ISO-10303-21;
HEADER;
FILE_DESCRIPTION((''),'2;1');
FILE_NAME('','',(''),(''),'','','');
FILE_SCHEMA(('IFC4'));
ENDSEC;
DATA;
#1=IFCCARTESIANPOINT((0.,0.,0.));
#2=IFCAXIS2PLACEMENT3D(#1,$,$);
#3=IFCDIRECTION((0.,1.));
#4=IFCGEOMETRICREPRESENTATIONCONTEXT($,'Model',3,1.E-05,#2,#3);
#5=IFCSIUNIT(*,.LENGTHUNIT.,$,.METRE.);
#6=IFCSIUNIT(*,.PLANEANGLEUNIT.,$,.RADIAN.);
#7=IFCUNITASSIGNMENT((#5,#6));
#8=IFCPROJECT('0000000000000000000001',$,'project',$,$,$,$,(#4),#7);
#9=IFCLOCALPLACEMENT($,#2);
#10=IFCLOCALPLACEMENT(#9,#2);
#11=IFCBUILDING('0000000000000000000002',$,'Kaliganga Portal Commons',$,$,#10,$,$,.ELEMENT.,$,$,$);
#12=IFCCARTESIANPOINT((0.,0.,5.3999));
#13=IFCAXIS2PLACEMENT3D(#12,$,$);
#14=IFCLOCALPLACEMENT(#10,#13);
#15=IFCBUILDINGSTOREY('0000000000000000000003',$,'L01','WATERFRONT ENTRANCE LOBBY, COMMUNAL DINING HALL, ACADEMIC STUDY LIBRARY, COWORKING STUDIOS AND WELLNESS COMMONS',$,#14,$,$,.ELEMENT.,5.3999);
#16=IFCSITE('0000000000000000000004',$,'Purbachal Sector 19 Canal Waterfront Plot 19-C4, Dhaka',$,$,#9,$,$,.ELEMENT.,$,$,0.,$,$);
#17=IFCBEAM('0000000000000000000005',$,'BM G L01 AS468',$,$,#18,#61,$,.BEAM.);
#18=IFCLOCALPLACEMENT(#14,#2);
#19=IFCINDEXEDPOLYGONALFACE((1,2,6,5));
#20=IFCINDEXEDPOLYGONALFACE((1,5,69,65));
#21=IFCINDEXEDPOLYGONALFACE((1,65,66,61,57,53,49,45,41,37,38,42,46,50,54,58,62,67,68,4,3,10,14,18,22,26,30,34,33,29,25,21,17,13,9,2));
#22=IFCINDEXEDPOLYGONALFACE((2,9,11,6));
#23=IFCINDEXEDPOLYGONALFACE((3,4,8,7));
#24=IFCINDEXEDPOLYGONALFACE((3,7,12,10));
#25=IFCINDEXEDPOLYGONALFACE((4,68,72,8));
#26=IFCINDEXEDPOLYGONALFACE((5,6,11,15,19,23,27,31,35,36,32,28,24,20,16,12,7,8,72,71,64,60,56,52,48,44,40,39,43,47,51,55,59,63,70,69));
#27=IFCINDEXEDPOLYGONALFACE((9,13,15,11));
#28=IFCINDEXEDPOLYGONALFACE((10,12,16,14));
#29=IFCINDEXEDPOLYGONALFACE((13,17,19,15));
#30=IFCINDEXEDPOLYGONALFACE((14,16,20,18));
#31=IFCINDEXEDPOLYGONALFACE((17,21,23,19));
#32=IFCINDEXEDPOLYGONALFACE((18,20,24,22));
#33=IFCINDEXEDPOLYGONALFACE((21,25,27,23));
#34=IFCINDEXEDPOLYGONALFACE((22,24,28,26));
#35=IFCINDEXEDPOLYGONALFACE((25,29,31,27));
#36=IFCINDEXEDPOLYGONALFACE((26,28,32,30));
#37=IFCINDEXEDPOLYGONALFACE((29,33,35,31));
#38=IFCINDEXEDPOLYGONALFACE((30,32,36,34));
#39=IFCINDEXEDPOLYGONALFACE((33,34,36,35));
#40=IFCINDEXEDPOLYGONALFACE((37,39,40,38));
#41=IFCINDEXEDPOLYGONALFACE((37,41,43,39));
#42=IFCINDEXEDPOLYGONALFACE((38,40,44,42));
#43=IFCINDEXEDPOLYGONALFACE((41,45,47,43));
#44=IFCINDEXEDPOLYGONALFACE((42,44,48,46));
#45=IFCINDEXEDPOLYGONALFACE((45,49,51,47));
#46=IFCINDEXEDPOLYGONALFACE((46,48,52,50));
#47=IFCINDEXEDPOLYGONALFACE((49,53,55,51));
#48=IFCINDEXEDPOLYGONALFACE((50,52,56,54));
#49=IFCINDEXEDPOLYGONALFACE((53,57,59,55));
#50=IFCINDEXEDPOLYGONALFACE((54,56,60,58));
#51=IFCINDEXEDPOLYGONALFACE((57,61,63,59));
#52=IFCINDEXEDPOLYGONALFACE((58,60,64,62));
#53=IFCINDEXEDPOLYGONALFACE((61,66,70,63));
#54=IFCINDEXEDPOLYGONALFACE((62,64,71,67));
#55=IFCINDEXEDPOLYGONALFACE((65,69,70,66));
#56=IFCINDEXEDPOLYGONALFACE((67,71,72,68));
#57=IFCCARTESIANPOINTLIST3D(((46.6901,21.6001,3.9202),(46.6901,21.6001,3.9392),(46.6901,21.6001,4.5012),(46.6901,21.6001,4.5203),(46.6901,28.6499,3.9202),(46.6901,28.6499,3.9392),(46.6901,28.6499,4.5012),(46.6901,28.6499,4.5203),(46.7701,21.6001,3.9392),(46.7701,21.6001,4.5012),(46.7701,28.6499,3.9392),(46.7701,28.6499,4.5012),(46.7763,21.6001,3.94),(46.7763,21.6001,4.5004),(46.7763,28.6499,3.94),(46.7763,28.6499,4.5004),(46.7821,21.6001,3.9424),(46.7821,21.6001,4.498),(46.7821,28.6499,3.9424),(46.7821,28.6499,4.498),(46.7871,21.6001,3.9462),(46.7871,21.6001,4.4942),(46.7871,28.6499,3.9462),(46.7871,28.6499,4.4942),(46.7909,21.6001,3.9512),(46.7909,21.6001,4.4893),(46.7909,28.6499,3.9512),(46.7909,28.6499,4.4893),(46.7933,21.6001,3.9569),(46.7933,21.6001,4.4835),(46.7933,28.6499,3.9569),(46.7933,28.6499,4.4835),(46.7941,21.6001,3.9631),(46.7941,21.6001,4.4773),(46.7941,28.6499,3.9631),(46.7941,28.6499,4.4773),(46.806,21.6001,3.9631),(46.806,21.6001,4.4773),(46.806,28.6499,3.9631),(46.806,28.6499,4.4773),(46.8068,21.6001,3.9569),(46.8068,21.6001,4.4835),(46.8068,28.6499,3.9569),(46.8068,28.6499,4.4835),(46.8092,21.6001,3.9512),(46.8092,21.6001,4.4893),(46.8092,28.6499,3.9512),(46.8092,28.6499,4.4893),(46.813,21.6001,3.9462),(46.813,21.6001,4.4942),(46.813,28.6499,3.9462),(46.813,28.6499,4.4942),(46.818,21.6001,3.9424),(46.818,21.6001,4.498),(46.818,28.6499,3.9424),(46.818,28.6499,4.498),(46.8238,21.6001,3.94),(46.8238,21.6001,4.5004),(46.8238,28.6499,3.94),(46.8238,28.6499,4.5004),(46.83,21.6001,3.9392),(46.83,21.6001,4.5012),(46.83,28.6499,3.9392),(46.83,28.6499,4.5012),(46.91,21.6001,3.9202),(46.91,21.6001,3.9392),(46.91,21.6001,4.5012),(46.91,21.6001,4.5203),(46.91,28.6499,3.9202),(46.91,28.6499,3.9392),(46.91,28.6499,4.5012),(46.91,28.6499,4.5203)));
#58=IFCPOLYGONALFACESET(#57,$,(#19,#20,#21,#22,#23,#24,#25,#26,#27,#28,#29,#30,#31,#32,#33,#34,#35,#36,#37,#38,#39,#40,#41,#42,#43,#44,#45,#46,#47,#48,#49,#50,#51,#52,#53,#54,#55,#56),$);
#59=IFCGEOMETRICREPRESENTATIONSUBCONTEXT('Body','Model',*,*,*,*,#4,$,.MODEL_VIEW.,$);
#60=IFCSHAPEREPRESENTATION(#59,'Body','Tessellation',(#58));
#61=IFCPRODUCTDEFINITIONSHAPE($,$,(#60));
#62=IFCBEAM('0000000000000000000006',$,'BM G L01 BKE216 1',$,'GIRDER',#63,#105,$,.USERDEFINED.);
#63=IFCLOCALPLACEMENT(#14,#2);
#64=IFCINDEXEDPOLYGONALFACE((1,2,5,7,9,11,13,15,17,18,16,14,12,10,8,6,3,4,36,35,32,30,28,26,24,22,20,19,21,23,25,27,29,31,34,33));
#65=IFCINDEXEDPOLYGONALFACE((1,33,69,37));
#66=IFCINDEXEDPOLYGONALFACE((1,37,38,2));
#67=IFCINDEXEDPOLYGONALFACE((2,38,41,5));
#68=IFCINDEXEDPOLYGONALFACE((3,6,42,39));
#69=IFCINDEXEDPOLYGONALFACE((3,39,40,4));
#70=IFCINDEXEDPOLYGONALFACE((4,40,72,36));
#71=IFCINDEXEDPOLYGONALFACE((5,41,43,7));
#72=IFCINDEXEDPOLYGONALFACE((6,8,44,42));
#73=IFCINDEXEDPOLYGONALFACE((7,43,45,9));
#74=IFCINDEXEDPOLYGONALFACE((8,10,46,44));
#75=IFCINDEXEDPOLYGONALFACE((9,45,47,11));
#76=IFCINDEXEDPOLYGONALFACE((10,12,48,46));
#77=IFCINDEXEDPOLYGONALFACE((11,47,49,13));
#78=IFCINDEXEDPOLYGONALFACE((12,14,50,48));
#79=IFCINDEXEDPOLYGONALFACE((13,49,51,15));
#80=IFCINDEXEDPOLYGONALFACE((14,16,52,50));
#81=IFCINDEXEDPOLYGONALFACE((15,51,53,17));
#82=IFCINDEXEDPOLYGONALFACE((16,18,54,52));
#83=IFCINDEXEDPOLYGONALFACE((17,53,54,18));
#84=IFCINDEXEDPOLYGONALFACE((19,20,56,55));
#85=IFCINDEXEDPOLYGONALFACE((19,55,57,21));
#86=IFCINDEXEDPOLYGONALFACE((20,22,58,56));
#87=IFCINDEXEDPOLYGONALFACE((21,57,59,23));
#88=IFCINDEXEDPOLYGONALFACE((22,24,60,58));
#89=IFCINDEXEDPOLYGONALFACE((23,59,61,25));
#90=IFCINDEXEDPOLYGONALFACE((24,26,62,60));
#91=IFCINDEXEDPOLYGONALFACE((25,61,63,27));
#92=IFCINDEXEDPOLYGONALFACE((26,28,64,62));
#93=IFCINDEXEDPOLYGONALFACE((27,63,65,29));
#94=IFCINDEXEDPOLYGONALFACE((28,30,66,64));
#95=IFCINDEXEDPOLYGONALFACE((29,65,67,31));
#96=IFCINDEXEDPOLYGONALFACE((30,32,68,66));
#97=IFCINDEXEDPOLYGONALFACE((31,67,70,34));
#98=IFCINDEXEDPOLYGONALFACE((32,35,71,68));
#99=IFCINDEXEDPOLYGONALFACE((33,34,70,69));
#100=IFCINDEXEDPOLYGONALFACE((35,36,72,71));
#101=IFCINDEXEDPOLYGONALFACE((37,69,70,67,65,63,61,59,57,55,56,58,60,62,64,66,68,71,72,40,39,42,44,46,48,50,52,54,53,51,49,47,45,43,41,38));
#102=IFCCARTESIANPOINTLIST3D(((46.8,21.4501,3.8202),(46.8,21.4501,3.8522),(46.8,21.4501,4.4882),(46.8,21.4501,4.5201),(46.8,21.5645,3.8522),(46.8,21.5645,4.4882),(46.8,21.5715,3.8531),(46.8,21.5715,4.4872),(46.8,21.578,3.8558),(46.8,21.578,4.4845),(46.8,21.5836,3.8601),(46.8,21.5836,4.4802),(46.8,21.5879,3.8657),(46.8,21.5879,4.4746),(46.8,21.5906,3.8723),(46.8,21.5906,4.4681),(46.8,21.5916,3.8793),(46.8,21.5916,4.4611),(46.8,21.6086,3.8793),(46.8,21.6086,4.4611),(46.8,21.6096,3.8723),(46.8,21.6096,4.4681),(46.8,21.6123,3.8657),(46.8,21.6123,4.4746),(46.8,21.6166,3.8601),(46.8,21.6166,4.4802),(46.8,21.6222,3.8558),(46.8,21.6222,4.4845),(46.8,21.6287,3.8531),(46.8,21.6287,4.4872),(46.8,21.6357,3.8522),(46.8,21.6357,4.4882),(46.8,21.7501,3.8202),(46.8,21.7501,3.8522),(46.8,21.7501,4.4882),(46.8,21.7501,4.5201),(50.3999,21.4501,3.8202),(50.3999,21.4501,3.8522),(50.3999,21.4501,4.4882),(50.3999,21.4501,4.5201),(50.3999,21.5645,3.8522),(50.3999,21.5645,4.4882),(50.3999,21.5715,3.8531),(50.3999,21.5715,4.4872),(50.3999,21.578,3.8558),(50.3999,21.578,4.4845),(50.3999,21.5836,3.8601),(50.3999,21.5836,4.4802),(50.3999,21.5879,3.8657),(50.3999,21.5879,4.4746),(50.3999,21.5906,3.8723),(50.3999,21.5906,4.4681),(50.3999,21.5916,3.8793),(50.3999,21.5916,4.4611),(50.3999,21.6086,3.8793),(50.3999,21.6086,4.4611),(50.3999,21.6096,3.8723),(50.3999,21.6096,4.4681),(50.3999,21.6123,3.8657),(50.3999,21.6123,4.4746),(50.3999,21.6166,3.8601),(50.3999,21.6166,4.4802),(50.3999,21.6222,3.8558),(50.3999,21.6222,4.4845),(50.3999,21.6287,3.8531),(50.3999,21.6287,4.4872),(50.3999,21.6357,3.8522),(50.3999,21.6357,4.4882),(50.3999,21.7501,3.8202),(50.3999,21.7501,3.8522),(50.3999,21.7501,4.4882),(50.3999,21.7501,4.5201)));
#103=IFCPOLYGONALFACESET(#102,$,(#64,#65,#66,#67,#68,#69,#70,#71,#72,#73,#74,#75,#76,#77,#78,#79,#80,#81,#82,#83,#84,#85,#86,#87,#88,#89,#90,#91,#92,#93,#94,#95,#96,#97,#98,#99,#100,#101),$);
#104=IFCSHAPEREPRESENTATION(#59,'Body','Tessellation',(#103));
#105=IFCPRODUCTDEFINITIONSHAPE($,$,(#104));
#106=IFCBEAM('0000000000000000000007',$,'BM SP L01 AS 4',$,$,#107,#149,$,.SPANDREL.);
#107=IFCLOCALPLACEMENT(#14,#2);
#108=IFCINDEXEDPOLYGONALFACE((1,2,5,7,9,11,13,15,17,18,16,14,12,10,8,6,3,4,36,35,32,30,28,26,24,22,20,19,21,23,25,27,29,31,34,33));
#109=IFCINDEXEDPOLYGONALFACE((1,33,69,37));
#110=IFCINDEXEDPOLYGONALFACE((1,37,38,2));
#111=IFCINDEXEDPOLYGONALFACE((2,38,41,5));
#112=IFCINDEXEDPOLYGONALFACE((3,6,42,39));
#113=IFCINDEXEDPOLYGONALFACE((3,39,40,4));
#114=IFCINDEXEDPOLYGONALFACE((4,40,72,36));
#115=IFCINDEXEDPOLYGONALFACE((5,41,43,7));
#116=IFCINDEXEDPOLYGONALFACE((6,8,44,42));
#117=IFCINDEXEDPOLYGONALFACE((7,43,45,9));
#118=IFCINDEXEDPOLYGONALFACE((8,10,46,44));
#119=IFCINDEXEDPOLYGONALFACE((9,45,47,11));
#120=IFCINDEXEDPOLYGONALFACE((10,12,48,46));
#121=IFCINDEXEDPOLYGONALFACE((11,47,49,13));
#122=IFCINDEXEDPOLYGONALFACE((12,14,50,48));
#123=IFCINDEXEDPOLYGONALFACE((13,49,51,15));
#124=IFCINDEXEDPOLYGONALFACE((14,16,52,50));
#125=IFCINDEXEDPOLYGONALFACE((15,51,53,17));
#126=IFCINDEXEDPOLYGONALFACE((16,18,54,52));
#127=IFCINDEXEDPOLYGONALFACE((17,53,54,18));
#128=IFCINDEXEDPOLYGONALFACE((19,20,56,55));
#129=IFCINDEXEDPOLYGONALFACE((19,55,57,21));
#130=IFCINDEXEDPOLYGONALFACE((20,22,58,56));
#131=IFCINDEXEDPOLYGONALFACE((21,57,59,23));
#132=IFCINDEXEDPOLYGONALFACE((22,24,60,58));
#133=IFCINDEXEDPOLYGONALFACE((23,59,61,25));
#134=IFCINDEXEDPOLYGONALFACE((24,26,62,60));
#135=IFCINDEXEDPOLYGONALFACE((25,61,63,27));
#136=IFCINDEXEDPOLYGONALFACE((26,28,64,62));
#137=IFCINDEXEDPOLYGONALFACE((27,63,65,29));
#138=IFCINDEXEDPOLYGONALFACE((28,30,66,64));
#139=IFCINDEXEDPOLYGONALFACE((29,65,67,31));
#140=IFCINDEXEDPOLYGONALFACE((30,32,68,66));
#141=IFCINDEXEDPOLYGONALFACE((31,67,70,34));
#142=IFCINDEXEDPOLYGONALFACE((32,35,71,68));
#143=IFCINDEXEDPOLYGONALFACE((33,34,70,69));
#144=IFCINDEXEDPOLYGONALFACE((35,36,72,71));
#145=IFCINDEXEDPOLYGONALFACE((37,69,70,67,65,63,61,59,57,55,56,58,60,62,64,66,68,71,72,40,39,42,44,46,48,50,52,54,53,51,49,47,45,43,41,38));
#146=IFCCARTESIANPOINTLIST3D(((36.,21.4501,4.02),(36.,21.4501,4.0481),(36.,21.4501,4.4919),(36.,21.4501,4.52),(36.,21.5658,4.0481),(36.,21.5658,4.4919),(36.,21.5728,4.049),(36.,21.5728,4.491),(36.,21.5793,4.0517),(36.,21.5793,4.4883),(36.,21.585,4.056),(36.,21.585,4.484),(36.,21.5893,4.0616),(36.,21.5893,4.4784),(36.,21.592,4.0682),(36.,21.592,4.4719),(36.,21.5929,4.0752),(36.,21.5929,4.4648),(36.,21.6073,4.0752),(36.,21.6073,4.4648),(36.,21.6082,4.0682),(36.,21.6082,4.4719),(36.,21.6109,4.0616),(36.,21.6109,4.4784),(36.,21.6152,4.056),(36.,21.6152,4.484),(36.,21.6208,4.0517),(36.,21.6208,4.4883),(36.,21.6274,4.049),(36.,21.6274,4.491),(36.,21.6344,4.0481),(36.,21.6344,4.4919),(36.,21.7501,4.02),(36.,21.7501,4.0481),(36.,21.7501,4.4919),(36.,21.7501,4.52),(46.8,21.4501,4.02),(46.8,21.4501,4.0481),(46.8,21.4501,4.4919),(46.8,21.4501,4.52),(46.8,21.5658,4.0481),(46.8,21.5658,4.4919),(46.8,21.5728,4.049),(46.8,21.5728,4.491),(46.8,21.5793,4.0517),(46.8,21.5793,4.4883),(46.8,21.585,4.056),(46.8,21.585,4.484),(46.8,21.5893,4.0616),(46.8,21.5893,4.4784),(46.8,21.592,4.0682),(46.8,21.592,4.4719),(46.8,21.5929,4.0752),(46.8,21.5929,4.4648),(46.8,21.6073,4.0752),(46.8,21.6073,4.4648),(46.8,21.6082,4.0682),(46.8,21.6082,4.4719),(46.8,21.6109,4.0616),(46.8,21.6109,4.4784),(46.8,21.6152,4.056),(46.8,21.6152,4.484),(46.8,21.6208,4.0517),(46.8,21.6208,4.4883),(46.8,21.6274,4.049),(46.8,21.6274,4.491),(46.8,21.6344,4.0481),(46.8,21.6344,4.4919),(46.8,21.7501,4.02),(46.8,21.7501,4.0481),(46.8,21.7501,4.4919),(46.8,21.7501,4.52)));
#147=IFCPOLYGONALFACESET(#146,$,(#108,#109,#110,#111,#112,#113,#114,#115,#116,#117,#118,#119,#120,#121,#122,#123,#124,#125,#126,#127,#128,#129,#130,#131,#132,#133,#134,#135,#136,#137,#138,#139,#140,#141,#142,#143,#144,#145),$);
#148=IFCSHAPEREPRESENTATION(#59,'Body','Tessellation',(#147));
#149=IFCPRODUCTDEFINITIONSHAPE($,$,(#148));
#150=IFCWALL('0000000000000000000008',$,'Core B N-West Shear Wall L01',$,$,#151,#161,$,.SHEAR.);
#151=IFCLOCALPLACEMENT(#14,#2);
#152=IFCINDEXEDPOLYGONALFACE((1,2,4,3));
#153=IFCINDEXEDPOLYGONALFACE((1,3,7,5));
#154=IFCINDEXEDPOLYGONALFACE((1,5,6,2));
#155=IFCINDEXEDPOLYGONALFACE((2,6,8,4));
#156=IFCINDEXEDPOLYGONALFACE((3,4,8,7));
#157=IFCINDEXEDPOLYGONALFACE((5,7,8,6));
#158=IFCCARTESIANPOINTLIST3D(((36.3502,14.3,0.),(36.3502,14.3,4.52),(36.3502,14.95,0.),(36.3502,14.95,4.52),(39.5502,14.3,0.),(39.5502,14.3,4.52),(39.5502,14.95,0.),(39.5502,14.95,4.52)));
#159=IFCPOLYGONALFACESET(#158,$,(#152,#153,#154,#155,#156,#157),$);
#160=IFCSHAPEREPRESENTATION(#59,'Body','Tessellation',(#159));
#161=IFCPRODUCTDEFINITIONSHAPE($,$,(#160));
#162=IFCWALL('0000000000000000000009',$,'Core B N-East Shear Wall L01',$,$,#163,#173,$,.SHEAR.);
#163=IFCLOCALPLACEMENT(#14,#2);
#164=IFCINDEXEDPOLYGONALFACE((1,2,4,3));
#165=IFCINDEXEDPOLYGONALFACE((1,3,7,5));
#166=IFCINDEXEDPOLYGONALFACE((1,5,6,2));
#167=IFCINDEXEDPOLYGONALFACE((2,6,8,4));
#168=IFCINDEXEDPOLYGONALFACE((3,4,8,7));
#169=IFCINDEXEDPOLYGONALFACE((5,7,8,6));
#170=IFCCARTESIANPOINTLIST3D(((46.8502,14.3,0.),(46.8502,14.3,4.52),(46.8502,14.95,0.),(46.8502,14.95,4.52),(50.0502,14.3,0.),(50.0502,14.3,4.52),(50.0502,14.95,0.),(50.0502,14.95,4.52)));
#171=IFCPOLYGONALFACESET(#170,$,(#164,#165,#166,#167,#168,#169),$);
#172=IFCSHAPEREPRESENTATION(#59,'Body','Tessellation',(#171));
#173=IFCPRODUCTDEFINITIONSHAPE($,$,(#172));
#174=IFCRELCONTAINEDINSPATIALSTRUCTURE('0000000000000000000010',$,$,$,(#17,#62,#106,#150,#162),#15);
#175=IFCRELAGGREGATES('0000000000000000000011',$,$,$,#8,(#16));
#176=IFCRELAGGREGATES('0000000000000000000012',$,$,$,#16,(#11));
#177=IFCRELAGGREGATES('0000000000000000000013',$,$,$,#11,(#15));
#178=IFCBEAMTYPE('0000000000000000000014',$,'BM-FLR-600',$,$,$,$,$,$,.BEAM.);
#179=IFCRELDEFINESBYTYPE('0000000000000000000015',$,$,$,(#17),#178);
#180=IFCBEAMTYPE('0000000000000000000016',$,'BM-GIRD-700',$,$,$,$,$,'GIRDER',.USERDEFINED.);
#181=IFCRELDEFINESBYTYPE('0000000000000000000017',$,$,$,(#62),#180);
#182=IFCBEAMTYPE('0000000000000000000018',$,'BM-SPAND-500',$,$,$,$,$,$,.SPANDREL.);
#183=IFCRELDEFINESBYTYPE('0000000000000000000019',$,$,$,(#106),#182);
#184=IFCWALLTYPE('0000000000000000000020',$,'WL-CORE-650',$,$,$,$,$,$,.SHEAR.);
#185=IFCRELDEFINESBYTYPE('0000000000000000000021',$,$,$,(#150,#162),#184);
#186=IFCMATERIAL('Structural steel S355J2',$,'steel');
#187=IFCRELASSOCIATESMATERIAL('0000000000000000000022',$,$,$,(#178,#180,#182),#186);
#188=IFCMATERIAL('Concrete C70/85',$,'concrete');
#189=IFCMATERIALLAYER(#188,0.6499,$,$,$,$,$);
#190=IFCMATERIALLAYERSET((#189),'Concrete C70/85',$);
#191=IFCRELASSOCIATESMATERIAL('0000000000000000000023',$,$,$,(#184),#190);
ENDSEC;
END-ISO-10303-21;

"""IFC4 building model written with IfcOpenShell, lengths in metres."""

from ifc_helpers import new_model, si_unit, direction, frame, frame_2d, origin, origin_2d, place, context, subcontext, project, spatial, rectangle, i_section, extrude, source, transform, mapped, material, layer, layer_set, material_profile, profile_set, type_object, element, save


model = new_model("IFC4")

# Units and contexts
model_context = context("Model", 3, precision=1e-05, world=origin(), true_north=direction((0.0, 1.0)))
body_context = subcontext(model_context, "Body", "Model", "MODEL_VIEW")
ifc_project = project(units=[si_unit("LENGTHUNIT", "METRE"), si_unit("PLANEANGLEUNIT", "RADIAN")], contexts=[model_context])

# Site, building, storey
site_placement = place(None, origin())
site = spatial("IfcSite", under=ifc_project, at=site_placement, Name="Purbachal Sector 19 Canal Waterfront Plot 19-C4, Dhaka", CompositionType="ELEMENT", RefElevation=0.0)
building_placement = place(site_placement, origin())
building = spatial("IfcBuilding", under=site, at=building_placement, Name="Kaliganga Portal Commons", CompositionType="ELEMENT")
storey_placement = place(building_placement, frame((0.0, 0.0, 5.3999)))
storey = spatial("IfcBuildingStorey", under=building, at=storey_placement, Name="L01", Description="WATERFRONT ENTRANCE LOBBY, COMMUNAL DINING HALL, ACADEMIC STUDY LIBRARY, COWORKING STUDIOS AND WELLNESS COMMONS", CompositionType="ELEMENT", Elevation=5.3999)

# Shared definitions
ifc_material_1 = material(Name="Concrete C70/85", Category="concrete")

# Beams
ifc_material_2 = material(Name="Structural steel S355J2", Category="steel")
ifc_material_profile_1 = material_profile(ifc_material_2, i_section(OverallWidth=0.22, OverallDepth=0.6001, WebThickness=0.012, FlangeThickness=0.019, FilletRadius=0.0239, at=origin_2d()), Name="IPE 600")
ifc_profile_set_1 = profile_set([ifc_material_profile_1], Name="Structural steel S355J2 wide-flange")
beam_type_1 = type_object("IfcBeamType", Name="BM-FLR-600", PredefinedType="BEAM", material=ifc_profile_set_1)
shared_shape_1 = source(origin(), body_context, "Body", "SweptSolid", [
    extrude(i_section(OverallWidth=0.22, OverallDepth=0.6001, WebThickness=0.012, FlangeThickness=0.019, FilletRadius=0.0239, at=origin_2d()), origin(), (0.0, 0.0, 1.0), 7.0498),
])
for number, where, z_axis, x_axis, name in (
    (1, (46.8, 21.6001, 4.2202), (0.0, 1.0, 0.0), (-1.0, 0.0, 0.0), "BM G L01 AS468"),
):
    element("IfcBeam", number, at=place(storey_placement, frame(where, z_axis=z_axis, x_axis=x_axis)), inside=storey, type_object=beam_type_1, Name=name, PredefinedType="BEAM", context=body_context, shape_type="MappedRepresentation", body=[
        mapped(shared_shape_1, transform((0.0, 0.0, 0.0), x_axis=(1.0, 0.0, 0.0), y_axis=(0.0, 1.0, 0.0), z_axis=(0.0, 0.0, 1.0), scale=1.0)),
    ])
ifc_material_profile_2 = material_profile(ifc_material_2, i_section(OverallWidth=0.3, OverallDepth=0.7, WebThickness=0.0171, FlangeThickness=0.032, FilletRadius=0.0271, at=origin_2d()), Name="HE 700 B")
ifc_profile_set_2 = profile_set([ifc_material_profile_2], Name="Structural steel S355J2 wide-flange")
beam_type_2 = type_object("IfcBeamType", Name="BM-GIRD-700", ElementType="GIRDER", PredefinedType="USERDEFINED", material=ifc_profile_set_2)
shared_shape_2 = source(origin(), body_context, "Body", "SweptSolid", [
    extrude(i_section(OverallWidth=0.3, OverallDepth=0.7, WebThickness=0.0171, FlangeThickness=0.032, FilletRadius=0.0271, at=origin_2d()), origin(), (0.0, 0.0, 1.0), 3.5999),
])
beam_1_placement = place(storey_placement, frame((46.8, 21.6001, 4.1702), z_axis=(1.0, 0.0, 0.0), x_axis=(0.0, 1.0, 0.0)))
element("IfcBeam", 2, at=beam_1_placement, inside=storey, type_object=beam_type_2, Name="BM G L01 BKE216 1", ObjectType="GIRDER", PredefinedType="USERDEFINED", context=body_context, shape_type="MappedRepresentation", body=[
    mapped(shared_shape_2, transform((0.0, 0.0, 0.0), x_axis=(1.0, 0.0, 0.0), y_axis=(0.0, 1.0, 0.0), z_axis=(0.0, 0.0, 1.0), scale=1.0)),
])
ifc_material_profile_3 = material_profile(ifc_material_2, i_section(OverallWidth=0.3, OverallDepth=0.5, WebThickness=0.0144, FlangeThickness=0.0281, FilletRadius=0.0271, at=origin_2d()), Name="HE 500 B")
ifc_profile_set_3 = profile_set([ifc_material_profile_3], Name="Structural steel S355J2 wide-flange")
beam_type_3 = type_object("IfcBeamType", Name="BM-SPAND-500", PredefinedType="SPANDREL", material=ifc_profile_set_3)
shared_shape_3 = source(origin(), body_context, "Body", "SweptSolid", [
    extrude(i_section(OverallWidth=0.3, OverallDepth=0.5, WebThickness=0.0144, FlangeThickness=0.0281, FilletRadius=0.0271, at=origin_2d()), origin(), (0.0, 0.0, 1.0), 10.8),
])
beam_2_placement = place(storey_placement, frame((36.0, 21.6001, 4.27), z_axis=(1.0, 0.0, 0.0), x_axis=(0.0, 1.0, 0.0)))
element("IfcBeam", 3, at=beam_2_placement, inside=storey, type_object=beam_type_3, Name="BM SP L01 AS 4", PredefinedType="SPANDREL", context=body_context, shape_type="MappedRepresentation", body=[
    mapped(shared_shape_3, transform((0.0, 0.0, 0.0), x_axis=(1.0, 0.0, 0.0), y_axis=(0.0, 1.0, 0.0), z_axis=(0.0, 0.0, 1.0), scale=1.0)),
])

# Walls
ifc_layer_1 = layer(ifc_material_1, 0.6499)
ifc_layer_set_1 = layer_set([ifc_layer_1], Name="Concrete C70/85")
wall_type_1 = type_object("IfcWallType", Name="WL-CORE-650", PredefinedType="SHEAR", material=ifc_layer_set_1)
for number, where, z_axis, x_axis, name in (
    (4, (36.3501, 14.625, 0.0), (0.0, 0.0, 1.0), (1.0, 0.0, 0.0), "Core B N-West Shear Wall L01"),
    (5, (46.8501, 14.625, 0.0), (0.0, 0.0, 1.0), (1.0, 0.0, 0.0), "Core B N-East Shear Wall L01"),
):
    element("IfcWall", number, at=place(storey_placement, frame(where, z_axis=z_axis, x_axis=x_axis)), inside=storey, type_object=wall_type_1, Name=name, PredefinedType="SHEAR", context=body_context, shape_type="SweptSolid", body=[
        extrude(rectangle(XDim=3.2, YDim=0.6499, at=frame_2d((1.6001, 0.0))), origin(), (0.0, 0.0, 1.0), 4.52),
    ])

save(model, "model.ifc")
